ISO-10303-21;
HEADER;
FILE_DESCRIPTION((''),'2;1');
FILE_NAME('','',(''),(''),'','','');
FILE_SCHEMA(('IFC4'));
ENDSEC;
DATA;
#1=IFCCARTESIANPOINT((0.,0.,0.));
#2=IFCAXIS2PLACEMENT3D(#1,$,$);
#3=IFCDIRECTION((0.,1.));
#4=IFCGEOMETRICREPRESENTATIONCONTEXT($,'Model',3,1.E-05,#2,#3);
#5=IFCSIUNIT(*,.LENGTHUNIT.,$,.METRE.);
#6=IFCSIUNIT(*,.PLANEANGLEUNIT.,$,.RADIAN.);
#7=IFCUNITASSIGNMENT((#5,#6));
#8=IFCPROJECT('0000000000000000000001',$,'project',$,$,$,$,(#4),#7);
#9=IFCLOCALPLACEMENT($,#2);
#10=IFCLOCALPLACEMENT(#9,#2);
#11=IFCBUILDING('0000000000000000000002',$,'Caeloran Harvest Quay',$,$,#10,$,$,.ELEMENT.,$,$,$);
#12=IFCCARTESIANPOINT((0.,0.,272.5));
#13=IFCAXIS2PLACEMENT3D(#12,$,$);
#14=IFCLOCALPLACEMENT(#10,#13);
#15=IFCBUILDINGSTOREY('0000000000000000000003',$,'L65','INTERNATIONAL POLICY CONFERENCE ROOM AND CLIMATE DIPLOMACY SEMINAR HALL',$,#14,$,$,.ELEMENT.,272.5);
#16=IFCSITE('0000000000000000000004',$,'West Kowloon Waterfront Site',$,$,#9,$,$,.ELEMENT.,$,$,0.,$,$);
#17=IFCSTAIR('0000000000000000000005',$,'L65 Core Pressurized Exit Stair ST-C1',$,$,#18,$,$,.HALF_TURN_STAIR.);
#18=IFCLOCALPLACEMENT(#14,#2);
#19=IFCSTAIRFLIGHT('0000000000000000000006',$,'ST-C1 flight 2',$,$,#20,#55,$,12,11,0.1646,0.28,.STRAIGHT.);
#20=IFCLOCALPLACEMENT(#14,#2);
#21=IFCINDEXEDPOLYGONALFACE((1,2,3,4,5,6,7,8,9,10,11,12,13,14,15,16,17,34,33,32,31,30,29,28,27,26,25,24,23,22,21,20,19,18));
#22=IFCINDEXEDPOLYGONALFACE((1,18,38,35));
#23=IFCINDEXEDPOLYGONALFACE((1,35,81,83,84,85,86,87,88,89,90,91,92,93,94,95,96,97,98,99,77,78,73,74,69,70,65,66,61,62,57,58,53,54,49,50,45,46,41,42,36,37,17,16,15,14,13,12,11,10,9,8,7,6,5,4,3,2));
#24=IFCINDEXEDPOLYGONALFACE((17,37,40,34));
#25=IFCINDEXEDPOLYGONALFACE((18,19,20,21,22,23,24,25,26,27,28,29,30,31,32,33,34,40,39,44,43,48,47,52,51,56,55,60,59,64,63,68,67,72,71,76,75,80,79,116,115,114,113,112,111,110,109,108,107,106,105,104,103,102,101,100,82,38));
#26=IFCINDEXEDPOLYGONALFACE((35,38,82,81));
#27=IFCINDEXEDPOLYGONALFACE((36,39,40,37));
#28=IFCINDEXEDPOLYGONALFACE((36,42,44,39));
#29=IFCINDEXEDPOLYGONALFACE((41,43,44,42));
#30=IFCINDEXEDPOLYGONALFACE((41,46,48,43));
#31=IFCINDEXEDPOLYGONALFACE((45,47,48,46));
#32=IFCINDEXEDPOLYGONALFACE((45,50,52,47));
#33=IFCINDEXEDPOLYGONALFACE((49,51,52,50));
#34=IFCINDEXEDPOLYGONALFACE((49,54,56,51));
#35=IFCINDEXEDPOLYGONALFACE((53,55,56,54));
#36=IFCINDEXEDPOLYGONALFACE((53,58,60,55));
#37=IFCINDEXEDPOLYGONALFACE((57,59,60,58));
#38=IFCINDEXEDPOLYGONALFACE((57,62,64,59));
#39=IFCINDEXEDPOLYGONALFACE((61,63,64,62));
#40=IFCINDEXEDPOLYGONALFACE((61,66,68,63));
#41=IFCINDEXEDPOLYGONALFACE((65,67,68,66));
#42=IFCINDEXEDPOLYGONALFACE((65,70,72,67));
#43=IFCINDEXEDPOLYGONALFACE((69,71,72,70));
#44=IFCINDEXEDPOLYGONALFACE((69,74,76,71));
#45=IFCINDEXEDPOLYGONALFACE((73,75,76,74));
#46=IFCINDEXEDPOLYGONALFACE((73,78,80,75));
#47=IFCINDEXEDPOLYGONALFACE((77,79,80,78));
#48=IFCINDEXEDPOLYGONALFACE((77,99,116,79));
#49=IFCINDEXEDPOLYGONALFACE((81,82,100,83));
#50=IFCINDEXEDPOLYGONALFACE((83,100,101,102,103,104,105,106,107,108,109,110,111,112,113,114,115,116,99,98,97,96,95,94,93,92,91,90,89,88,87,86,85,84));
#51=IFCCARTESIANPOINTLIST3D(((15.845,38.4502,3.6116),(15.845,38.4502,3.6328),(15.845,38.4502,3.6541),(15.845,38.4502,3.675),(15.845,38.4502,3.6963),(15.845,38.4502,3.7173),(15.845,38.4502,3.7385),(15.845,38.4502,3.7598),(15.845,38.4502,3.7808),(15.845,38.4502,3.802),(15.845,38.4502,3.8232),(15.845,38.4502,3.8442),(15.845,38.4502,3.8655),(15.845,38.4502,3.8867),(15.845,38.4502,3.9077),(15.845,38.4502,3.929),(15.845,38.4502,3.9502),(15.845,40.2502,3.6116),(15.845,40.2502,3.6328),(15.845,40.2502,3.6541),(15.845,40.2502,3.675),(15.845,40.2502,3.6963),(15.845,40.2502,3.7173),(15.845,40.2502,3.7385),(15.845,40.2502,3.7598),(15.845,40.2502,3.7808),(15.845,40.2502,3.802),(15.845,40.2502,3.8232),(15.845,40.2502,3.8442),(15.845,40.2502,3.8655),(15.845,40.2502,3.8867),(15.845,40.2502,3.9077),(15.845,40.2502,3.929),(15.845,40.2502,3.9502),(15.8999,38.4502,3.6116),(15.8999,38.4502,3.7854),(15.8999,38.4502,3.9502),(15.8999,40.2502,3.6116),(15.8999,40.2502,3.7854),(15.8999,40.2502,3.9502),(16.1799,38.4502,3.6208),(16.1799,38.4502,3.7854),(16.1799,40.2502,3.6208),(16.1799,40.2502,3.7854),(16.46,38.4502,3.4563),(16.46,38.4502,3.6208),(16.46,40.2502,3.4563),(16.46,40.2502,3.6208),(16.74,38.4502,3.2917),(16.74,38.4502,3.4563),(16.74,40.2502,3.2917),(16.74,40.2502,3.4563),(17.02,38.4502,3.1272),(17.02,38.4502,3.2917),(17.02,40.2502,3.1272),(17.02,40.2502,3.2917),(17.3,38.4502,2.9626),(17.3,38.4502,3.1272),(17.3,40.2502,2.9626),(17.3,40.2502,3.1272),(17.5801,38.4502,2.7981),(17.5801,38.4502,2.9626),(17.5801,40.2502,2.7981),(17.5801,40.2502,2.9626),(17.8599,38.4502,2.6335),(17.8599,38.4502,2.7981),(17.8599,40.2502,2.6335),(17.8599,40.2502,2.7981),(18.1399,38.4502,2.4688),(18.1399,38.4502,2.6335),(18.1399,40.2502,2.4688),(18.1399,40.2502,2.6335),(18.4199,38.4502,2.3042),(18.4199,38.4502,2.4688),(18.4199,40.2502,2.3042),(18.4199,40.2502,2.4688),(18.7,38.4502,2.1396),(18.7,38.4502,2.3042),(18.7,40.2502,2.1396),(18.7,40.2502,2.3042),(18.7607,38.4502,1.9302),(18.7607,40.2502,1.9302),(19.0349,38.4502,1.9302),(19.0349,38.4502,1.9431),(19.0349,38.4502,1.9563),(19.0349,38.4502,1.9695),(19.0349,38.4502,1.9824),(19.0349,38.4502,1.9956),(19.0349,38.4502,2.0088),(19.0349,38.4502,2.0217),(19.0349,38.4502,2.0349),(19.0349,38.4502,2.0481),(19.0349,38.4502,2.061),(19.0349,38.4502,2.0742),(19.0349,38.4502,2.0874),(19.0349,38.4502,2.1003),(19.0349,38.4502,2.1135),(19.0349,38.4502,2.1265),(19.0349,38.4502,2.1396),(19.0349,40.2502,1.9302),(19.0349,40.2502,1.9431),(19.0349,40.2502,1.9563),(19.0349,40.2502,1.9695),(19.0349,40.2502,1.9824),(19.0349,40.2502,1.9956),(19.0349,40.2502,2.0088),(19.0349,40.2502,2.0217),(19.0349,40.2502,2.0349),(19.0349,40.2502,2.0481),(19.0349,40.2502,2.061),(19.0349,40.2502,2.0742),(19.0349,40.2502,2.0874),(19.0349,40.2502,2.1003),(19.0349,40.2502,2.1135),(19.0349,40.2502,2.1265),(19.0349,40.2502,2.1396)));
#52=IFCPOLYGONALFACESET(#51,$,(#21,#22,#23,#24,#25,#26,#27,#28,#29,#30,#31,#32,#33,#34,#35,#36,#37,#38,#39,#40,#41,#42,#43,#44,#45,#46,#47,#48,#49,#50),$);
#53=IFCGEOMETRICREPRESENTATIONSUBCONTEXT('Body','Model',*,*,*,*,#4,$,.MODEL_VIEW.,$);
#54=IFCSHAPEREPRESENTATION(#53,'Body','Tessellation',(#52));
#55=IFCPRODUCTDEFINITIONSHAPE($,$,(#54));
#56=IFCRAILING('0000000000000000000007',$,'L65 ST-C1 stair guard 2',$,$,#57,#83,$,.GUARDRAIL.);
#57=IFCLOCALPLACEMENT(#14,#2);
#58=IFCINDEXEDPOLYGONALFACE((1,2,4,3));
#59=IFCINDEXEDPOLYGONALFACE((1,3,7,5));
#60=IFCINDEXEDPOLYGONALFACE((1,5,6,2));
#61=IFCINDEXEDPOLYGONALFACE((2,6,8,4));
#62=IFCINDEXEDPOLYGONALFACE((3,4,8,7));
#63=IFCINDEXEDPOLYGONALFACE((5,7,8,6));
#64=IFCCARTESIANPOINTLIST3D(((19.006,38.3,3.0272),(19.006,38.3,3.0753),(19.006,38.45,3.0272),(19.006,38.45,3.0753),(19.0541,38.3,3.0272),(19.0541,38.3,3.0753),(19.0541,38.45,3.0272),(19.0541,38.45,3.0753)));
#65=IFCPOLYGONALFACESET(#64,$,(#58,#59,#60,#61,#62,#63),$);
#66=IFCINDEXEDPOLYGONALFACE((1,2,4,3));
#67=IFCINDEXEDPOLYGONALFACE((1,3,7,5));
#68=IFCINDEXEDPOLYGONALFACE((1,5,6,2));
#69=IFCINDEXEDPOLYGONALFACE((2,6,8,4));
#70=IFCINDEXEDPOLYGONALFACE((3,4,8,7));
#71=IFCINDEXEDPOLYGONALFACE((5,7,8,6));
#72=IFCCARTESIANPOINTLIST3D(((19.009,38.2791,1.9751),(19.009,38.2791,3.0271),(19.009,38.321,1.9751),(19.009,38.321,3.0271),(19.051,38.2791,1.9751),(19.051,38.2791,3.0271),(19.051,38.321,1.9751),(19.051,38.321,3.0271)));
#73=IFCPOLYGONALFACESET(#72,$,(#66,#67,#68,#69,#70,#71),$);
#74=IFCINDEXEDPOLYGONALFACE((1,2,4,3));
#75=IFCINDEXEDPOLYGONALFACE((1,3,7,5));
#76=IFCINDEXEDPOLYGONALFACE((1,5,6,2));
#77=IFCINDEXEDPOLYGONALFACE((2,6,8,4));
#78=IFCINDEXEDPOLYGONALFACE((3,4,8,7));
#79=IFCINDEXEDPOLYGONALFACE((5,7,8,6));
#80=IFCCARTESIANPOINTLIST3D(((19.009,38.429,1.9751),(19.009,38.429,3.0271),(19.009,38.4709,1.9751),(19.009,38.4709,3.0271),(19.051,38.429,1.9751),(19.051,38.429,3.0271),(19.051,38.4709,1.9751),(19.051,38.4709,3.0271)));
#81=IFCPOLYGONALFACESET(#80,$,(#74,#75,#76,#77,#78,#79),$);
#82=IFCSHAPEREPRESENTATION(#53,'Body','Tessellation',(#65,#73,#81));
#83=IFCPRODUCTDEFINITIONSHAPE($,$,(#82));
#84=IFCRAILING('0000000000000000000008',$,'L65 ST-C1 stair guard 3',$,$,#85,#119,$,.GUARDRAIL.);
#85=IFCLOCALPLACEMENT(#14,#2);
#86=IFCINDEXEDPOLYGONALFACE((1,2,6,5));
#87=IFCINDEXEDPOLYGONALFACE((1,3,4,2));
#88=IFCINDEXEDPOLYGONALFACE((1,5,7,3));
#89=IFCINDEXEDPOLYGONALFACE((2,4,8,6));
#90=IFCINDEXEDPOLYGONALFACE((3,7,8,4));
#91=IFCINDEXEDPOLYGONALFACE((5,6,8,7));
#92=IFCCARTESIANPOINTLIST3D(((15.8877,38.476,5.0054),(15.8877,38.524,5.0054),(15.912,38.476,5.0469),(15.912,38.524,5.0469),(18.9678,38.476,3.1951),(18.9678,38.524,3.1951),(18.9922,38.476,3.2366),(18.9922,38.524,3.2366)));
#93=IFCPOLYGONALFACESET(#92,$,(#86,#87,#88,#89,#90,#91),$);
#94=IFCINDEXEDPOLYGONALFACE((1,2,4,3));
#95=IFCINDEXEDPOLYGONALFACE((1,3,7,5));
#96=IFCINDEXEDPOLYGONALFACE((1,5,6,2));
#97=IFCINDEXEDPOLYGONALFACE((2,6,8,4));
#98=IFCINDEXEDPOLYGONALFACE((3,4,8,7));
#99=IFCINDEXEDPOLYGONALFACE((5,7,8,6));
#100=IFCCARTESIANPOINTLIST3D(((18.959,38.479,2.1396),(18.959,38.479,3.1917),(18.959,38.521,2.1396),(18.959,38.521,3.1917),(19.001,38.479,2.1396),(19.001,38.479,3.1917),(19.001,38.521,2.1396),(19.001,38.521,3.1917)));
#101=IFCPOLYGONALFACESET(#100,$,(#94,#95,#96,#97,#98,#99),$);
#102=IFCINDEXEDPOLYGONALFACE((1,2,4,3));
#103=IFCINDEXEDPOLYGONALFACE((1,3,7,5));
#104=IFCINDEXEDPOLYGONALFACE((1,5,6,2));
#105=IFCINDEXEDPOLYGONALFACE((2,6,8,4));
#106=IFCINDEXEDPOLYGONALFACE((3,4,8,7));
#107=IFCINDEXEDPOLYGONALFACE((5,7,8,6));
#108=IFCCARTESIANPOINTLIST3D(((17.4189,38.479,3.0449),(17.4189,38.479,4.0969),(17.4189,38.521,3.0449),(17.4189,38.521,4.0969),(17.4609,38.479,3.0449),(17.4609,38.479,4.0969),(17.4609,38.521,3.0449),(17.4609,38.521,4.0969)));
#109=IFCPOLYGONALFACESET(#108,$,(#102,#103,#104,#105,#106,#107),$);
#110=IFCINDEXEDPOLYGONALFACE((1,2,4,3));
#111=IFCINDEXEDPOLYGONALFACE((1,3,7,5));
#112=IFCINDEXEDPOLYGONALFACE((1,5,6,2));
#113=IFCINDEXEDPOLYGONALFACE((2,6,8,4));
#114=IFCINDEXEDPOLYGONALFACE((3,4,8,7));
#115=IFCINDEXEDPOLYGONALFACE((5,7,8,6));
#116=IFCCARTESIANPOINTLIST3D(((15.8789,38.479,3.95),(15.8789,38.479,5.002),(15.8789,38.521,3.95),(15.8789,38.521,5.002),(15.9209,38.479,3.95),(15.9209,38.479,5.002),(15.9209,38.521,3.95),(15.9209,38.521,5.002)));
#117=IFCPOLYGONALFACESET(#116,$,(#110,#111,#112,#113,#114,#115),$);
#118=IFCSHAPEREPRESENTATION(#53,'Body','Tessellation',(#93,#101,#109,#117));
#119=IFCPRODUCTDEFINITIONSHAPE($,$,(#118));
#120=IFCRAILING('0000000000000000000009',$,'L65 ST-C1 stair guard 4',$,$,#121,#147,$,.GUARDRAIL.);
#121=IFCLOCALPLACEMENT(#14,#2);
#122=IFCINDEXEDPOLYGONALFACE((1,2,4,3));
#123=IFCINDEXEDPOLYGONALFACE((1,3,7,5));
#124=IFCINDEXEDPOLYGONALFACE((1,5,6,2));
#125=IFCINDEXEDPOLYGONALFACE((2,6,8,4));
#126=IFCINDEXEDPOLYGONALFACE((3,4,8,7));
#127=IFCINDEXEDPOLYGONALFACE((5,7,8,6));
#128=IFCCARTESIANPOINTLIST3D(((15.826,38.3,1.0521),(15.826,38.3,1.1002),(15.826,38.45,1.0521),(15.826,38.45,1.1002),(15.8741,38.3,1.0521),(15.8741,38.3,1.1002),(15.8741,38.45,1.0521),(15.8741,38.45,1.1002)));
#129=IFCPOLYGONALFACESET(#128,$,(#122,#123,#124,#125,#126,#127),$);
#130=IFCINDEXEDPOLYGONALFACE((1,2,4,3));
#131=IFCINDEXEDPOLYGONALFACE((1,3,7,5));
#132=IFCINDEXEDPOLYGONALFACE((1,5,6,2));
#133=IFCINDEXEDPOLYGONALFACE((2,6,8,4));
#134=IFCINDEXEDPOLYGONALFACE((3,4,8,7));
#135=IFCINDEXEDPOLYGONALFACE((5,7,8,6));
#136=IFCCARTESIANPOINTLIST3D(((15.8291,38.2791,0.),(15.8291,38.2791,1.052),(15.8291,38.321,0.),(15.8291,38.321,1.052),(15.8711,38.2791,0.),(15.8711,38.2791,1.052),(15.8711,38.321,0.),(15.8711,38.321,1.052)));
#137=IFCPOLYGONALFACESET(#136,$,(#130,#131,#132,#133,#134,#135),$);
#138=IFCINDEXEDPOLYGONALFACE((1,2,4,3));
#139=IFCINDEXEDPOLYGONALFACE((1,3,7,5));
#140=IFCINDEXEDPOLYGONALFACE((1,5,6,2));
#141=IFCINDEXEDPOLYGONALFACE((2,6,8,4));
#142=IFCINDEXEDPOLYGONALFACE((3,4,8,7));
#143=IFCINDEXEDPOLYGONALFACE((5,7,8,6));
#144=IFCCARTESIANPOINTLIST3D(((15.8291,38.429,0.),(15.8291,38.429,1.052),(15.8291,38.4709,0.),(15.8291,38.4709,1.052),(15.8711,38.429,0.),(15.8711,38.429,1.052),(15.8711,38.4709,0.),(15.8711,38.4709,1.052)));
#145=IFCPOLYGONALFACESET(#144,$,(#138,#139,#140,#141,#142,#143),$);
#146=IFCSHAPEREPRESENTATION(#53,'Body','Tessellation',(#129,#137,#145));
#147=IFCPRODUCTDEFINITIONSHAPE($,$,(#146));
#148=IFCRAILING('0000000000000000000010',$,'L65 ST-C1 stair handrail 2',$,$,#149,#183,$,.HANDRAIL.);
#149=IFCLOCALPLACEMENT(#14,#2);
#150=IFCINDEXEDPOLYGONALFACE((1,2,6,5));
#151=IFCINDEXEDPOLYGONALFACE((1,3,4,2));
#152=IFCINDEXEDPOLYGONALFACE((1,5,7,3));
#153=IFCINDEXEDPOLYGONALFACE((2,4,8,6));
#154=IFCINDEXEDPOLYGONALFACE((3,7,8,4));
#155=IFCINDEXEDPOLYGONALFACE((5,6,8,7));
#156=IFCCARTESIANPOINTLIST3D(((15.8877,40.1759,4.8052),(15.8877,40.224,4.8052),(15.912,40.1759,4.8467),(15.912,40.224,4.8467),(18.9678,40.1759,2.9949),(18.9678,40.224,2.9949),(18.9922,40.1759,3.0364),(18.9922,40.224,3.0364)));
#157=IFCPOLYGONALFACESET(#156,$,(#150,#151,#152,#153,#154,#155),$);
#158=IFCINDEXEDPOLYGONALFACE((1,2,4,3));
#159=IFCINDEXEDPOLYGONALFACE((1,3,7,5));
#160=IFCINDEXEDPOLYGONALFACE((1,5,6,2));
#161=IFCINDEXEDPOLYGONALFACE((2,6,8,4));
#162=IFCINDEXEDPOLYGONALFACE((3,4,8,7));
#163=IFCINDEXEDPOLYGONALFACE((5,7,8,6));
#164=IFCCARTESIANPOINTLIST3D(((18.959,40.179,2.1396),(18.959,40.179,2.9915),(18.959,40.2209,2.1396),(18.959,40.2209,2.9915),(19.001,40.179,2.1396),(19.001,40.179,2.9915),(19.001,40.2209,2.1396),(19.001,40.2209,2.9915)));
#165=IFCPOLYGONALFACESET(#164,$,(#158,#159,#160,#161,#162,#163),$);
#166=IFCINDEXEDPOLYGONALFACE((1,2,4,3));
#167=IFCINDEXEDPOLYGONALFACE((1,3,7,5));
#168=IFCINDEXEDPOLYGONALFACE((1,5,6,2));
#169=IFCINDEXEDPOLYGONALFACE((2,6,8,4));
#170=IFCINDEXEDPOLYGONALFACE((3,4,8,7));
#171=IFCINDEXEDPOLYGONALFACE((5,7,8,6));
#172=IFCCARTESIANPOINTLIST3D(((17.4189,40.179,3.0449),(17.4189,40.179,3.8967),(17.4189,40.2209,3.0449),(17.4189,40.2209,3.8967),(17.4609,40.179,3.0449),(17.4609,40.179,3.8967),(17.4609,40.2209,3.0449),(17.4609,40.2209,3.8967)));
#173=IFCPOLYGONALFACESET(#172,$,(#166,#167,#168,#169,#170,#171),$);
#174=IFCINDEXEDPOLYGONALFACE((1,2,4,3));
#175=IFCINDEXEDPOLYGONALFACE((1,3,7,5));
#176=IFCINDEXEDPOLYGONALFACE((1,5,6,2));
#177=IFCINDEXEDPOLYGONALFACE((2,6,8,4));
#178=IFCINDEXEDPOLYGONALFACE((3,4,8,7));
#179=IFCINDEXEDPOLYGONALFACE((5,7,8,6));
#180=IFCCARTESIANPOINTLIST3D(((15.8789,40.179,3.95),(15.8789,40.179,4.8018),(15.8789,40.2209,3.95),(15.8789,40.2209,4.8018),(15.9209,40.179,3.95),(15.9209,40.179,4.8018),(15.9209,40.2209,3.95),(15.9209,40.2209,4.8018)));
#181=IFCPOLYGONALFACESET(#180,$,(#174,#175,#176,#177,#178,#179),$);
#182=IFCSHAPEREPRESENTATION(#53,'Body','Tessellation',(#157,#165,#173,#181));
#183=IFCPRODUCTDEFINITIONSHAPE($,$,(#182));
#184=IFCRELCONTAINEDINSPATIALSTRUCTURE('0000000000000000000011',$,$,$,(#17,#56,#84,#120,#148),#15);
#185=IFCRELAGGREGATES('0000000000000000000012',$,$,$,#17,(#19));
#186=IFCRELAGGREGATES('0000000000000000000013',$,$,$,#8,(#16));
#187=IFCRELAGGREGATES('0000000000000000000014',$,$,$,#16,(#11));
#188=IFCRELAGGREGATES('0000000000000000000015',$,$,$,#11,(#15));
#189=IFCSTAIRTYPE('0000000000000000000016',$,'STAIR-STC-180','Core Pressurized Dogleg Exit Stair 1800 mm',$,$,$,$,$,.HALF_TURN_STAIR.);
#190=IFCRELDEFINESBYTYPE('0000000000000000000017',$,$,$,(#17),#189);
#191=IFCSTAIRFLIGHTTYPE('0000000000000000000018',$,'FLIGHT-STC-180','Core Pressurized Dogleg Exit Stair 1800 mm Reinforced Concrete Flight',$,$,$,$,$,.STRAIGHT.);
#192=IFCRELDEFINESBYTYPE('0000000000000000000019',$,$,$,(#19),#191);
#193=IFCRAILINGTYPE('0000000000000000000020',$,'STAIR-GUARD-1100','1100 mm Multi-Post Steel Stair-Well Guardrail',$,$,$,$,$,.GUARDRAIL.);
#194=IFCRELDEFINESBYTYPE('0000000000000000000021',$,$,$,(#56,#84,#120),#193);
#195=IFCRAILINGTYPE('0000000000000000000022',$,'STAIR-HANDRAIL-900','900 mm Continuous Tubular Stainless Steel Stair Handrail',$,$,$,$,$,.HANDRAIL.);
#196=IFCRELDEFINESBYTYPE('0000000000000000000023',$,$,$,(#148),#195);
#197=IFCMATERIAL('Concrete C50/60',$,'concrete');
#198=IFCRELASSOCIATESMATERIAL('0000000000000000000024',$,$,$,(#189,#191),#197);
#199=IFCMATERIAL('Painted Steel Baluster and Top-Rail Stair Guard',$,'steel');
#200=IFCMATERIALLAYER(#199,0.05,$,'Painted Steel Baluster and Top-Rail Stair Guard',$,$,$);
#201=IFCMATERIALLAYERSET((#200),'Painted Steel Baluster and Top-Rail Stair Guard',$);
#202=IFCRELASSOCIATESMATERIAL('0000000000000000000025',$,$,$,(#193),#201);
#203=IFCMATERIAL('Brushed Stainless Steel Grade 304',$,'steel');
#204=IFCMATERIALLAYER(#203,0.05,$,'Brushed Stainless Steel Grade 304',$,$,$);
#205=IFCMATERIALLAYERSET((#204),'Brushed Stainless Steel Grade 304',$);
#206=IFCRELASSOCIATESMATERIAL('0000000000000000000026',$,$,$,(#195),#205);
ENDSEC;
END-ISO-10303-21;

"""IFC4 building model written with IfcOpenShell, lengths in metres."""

from ifc_helpers import new_model, si_unit, direction, frame, origin, origin_2d, place, context, subcontext, project, spatial, polyline, rectangle, outline, extrude, material, layer, layer_set, type_object, element, aggregate, save


model = new_model("IFC4")

# Units and contexts
model_context = context("Model", 3, precision=1e-05, world=origin(), true_north=direction((0.0, 1.0)))
body_context = subcontext(model_context, "Body", "Model", "MODEL_VIEW")
ifc_project = project(units=[si_unit("LENGTHUNIT", "METRE"), si_unit("PLANEANGLEUNIT", "RADIAN")], contexts=[model_context])

# Site, building, storey
site_placement = place(None, origin())
site = spatial("IfcSite", under=ifc_project, at=site_placement, Name="West Kowloon Waterfront Site", CompositionType="ELEMENT", RefElevation=0.0)
building_placement = place(site_placement, origin())
building = spatial("IfcBuilding", under=site, at=building_placement, Name="Caeloran Harvest Quay", CompositionType="ELEMENT")
storey_placement = place(building_placement, frame((0.0, 0.0, 272.5)))
storey = spatial("IfcBuildingStorey", under=building, at=storey_placement, Name="L65", Description="INTERNATIONAL POLICY CONFERENCE ROOM AND CLIMATE DIPLOMACY SEMINAR HALL", CompositionType="ELEMENT", Elevation=272.5)

# Shared definitions
ifc_material_1 = material(Name="Concrete C50/60", Category="concrete")

# Stair, stair flight
stair_type = type_object("IfcStairType", Name="STAIR-STC-180", Description="Core Pressurized Dogleg Exit Stair 1800 mm", PredefinedType="HALF_TURN_STAIR", material=ifc_material_1)
stair_placement = place(storey_placement, origin())
stair = element("IfcStair", 1, at=stair_placement, inside=storey, type_object=stair_type, Name="L65 Core Pressurized Exit Stair ST-C1", PredefinedType="HALF_TURN_STAIR")
stair_flight_type = type_object("IfcStairFlightType", Name="FLIGHT-STC-180", Description="Core Pressurized Dogleg Exit Stair 1800 mm Reinforced Concrete Flight", PredefinedType="STRAIGHT", material=ifc_material_1)
stair_flight_placement = place(storey_placement, frame((18.98, 39.3501, 1.9751), z_axis=(0.0, 0.0, 1.0), x_axis=(-1.0, 0.0, 0.0)))
stair_flight = element("IfcStairFlight", 2, at=stair_flight_placement, type_object=stair_flight_type, Name="ST-C1 flight 2", NumberOfRisers=12, NumberOfTreads=11, PredefinedType="STRAIGHT", RiserHeight=0.1646, TreadLength=0.28, context=body_context, shape_type="SweptSolid", body=[
    extrude(outline(polyline([(-0.0549, -0.0449), (-0.0549, -0.032), (-0.0549, -0.0188), (-0.0549, -0.0056), (-0.0549, 0.0073), (-0.0549, 0.0205), (-0.0549, 0.0337), (-0.0549, 0.0466), (-0.0549, 0.0598), (-0.0549, 0.073), (-0.0549, 0.0859), (-0.0549, 0.0991), (-0.0549, 0.1123), (-0.0549, 0.1252), (-0.0549, 0.1384), (-0.0549, 0.1514), (-0.0549, 0.1646), (0.28, 0.1646), (0.28, 0.3291), (0.5601, 0.3291), (0.5601, 0.4937), (0.8401, 0.4937), (0.8401, 0.6584), (1.1201, 0.6584), (1.1201, 0.823), (1.3999, 0.823), (1.3999, 0.9875), (1.6799, 0.9875), (1.6799, 1.1521), (1.96, 1.1521), (1.96, 1.3167), (2.24, 1.3167), (2.24, 1.4812), (2.52, 1.4812), (2.52, 1.6458), (2.8, 1.6458), (2.8, 1.8103), (3.0801, 1.8103), (3.0801, 1.9751), (3.135, 1.9751), (3.135, 1.9539), (3.135, 1.9326), (3.135, 1.9116), (3.135, 1.8904), (3.135, 1.8691), (3.135, 1.8481), (3.135, 1.8269), (3.135, 1.8057), (3.135, 1.7847), (3.135, 1.7634), (3.135, 1.7422), (3.135, 1.7212), (3.135, 1.7), (3.135, 1.679), (3.135, 1.6577), (3.135, 1.6365), (3.0801, 1.6365), (0.2192, -0.0449), (-0.0549, -0.0449)])), frame((0.0, 0.8999, 0.0), z_axis=(0.0, -1.0, 0.0), x_axis=(1.0, 0.0, 0.0)), (0.0, 0.0, 1.0), 1.8),
])
aggregate(stair, [stair_flight])

# Railings
ifc_material_2 = material(Name="Painted Steel Baluster and Top-Rail Stair Guard", Category="steel")
ifc_layer_1 = layer(ifc_material_2, 0.05, Name="Painted Steel Baluster and Top-Rail Stair Guard")
ifc_layer_set_1 = layer_set([ifc_layer_1], Name="Painted Steel Baluster and Top-Rail Stair Guard")
railing_type_1 = type_object("IfcRailingType", Name="STAIR-GUARD-1100", Description="1100 mm Multi-Post Steel Stair-Well Guardrail", PredefinedType="GUARDRAIL", material=ifc_layer_set_1)
railing_1_placement = place(storey_placement, frame((19.03, 38.3, 1.9751)))
element("IfcRailing", 3, at=railing_1_placement, inside=storey, type_object=railing_type_1, Name="L65 ST-C1 stair guard 2", PredefinedType="GUARDRAIL", context=body_context, shape_type="SweptSolid", body=[
    extrude(rectangle(XDim=0.0481, YDim=0.0481, at=origin_2d()), frame((0.0, 0.0, 1.0762), z_axis=(0.0, 1.0, 0.0), x_axis=(-1.0, 0.0, 0.0)), (0.0, 0.0, 1.0), 0.1499),
    extrude(rectangle(XDim=0.042, YDim=0.042, at=origin_2d()), origin(), (0.0, 0.0, 1.0), 1.052),
    extrude(rectangle(XDim=0.042, YDim=0.042, at=origin_2d()), frame((0.0, 0.1499, 0.0)), (0.0, 0.0, 1.0), 1.052),
])
railing_2_placement = place(storey_placement, frame((18.98, 38.5, 2.1396)))
element("IfcRailing", 4, at=railing_2_placement, inside=storey, type_object=railing_type_1, Name="L65 ST-C1 stair guard 3", PredefinedType="GUARDRAIL", context=body_context, shape_type="SweptSolid", body=[
    extrude(rectangle(XDim=0.0481, YDim=0.0481, at=origin_2d()), frame((0.0, 0.0, 1.0762), z_axis=(-0.862119, 0.0, 0.506707), x_axis=(0.0, -1.0, 0.0)), (0.0, 0.0, 1.0), 3.5728),
    extrude(rectangle(XDim=0.042, YDim=0.042, at=origin_2d()), origin(), (0.0, 0.0, 1.0), 1.052),
    extrude(rectangle(XDim=0.042, YDim=0.042, at=origin_2d()), frame((-1.54, 0.0, 0.9053)), (0.0, 0.0, 1.0), 1.052),
    extrude(rectangle(XDim=0.042, YDim=0.042, at=origin_2d()), frame((-3.0801, 0.0, 1.8103)), (0.0, 0.0, 1.0), 1.052),
])
railing_3_placement = place(storey_placement, frame((15.8501, 38.3, 0.0)))
element("IfcRailing", 5, at=railing_3_placement, inside=storey, type_object=railing_type_1, Name="L65 ST-C1 stair guard 4", PredefinedType="GUARDRAIL", context=body_context, shape_type="SweptSolid", body=[
    extrude(rectangle(XDim=0.0481, YDim=0.0481, at=origin_2d()), frame((0.0, 0.0, 1.0762), z_axis=(0.0, 1.0, 0.0), x_axis=(-1.0, 0.0, 0.0)), (0.0, 0.0, 1.0), 0.1499),
    extrude(rectangle(XDim=0.042, YDim=0.042, at=origin_2d()), origin(), (0.0, 0.0, 1.0), 1.052),
    extrude(rectangle(XDim=0.042, YDim=0.042, at=origin_2d()), frame((0.0, 0.1499, 0.0)), (0.0, 0.0, 1.0), 1.052),
])
ifc_material_3 = material(Name="Brushed Stainless Steel Grade 304", Category="steel")
ifc_layer_2 = layer(ifc_material_3, 0.05, Name="Brushed Stainless Steel Grade 304")
ifc_layer_set_2 = layer_set([ifc_layer_2], Name="Brushed Stainless Steel Grade 304")
railing_type_2 = type_object("IfcRailingType", Name="STAIR-HANDRAIL-900", Description="900 mm Continuous Tubular Stainless Steel Stair Handrail", PredefinedType="HANDRAIL", material=ifc_layer_set_2)
railing_4_placement = place(storey_placement, frame((18.98, 40.2, 2.1396)))
element("IfcRailing", 6, at=railing_4_placement, inside=storey, type_object=railing_type_2, Name="L65 ST-C1 stair handrail 2", PredefinedType="HANDRAIL", context=body_context, shape_type="SweptSolid", body=[
    extrude(rectangle(XDim=0.0481, YDim=0.0481, at=origin_2d()), frame((0.0, 0.0, 0.876), z_axis=(-0.862119, 0.0, 0.506707), x_axis=(0.0, -1.0, 0.0)), (0.0, 0.0, 1.0), 3.5728),
    extrude(rectangle(XDim=0.042, YDim=0.042, at=origin_2d()), origin(), (0.0, 0.0, 1.0), 0.8518),
    extrude(rectangle(XDim=0.042, YDim=0.042, at=origin_2d()), frame((-1.54, 0.0, 0.9053)), (0.0, 0.0, 1.0), 0.8518),
    extrude(rectangle(XDim=0.042, YDim=0.042, at=origin_2d()), frame((-3.0801, 0.0, 1.8103)), (0.0, 0.0, 1.0), 0.8518),
])

save(model, "model.ifc")
